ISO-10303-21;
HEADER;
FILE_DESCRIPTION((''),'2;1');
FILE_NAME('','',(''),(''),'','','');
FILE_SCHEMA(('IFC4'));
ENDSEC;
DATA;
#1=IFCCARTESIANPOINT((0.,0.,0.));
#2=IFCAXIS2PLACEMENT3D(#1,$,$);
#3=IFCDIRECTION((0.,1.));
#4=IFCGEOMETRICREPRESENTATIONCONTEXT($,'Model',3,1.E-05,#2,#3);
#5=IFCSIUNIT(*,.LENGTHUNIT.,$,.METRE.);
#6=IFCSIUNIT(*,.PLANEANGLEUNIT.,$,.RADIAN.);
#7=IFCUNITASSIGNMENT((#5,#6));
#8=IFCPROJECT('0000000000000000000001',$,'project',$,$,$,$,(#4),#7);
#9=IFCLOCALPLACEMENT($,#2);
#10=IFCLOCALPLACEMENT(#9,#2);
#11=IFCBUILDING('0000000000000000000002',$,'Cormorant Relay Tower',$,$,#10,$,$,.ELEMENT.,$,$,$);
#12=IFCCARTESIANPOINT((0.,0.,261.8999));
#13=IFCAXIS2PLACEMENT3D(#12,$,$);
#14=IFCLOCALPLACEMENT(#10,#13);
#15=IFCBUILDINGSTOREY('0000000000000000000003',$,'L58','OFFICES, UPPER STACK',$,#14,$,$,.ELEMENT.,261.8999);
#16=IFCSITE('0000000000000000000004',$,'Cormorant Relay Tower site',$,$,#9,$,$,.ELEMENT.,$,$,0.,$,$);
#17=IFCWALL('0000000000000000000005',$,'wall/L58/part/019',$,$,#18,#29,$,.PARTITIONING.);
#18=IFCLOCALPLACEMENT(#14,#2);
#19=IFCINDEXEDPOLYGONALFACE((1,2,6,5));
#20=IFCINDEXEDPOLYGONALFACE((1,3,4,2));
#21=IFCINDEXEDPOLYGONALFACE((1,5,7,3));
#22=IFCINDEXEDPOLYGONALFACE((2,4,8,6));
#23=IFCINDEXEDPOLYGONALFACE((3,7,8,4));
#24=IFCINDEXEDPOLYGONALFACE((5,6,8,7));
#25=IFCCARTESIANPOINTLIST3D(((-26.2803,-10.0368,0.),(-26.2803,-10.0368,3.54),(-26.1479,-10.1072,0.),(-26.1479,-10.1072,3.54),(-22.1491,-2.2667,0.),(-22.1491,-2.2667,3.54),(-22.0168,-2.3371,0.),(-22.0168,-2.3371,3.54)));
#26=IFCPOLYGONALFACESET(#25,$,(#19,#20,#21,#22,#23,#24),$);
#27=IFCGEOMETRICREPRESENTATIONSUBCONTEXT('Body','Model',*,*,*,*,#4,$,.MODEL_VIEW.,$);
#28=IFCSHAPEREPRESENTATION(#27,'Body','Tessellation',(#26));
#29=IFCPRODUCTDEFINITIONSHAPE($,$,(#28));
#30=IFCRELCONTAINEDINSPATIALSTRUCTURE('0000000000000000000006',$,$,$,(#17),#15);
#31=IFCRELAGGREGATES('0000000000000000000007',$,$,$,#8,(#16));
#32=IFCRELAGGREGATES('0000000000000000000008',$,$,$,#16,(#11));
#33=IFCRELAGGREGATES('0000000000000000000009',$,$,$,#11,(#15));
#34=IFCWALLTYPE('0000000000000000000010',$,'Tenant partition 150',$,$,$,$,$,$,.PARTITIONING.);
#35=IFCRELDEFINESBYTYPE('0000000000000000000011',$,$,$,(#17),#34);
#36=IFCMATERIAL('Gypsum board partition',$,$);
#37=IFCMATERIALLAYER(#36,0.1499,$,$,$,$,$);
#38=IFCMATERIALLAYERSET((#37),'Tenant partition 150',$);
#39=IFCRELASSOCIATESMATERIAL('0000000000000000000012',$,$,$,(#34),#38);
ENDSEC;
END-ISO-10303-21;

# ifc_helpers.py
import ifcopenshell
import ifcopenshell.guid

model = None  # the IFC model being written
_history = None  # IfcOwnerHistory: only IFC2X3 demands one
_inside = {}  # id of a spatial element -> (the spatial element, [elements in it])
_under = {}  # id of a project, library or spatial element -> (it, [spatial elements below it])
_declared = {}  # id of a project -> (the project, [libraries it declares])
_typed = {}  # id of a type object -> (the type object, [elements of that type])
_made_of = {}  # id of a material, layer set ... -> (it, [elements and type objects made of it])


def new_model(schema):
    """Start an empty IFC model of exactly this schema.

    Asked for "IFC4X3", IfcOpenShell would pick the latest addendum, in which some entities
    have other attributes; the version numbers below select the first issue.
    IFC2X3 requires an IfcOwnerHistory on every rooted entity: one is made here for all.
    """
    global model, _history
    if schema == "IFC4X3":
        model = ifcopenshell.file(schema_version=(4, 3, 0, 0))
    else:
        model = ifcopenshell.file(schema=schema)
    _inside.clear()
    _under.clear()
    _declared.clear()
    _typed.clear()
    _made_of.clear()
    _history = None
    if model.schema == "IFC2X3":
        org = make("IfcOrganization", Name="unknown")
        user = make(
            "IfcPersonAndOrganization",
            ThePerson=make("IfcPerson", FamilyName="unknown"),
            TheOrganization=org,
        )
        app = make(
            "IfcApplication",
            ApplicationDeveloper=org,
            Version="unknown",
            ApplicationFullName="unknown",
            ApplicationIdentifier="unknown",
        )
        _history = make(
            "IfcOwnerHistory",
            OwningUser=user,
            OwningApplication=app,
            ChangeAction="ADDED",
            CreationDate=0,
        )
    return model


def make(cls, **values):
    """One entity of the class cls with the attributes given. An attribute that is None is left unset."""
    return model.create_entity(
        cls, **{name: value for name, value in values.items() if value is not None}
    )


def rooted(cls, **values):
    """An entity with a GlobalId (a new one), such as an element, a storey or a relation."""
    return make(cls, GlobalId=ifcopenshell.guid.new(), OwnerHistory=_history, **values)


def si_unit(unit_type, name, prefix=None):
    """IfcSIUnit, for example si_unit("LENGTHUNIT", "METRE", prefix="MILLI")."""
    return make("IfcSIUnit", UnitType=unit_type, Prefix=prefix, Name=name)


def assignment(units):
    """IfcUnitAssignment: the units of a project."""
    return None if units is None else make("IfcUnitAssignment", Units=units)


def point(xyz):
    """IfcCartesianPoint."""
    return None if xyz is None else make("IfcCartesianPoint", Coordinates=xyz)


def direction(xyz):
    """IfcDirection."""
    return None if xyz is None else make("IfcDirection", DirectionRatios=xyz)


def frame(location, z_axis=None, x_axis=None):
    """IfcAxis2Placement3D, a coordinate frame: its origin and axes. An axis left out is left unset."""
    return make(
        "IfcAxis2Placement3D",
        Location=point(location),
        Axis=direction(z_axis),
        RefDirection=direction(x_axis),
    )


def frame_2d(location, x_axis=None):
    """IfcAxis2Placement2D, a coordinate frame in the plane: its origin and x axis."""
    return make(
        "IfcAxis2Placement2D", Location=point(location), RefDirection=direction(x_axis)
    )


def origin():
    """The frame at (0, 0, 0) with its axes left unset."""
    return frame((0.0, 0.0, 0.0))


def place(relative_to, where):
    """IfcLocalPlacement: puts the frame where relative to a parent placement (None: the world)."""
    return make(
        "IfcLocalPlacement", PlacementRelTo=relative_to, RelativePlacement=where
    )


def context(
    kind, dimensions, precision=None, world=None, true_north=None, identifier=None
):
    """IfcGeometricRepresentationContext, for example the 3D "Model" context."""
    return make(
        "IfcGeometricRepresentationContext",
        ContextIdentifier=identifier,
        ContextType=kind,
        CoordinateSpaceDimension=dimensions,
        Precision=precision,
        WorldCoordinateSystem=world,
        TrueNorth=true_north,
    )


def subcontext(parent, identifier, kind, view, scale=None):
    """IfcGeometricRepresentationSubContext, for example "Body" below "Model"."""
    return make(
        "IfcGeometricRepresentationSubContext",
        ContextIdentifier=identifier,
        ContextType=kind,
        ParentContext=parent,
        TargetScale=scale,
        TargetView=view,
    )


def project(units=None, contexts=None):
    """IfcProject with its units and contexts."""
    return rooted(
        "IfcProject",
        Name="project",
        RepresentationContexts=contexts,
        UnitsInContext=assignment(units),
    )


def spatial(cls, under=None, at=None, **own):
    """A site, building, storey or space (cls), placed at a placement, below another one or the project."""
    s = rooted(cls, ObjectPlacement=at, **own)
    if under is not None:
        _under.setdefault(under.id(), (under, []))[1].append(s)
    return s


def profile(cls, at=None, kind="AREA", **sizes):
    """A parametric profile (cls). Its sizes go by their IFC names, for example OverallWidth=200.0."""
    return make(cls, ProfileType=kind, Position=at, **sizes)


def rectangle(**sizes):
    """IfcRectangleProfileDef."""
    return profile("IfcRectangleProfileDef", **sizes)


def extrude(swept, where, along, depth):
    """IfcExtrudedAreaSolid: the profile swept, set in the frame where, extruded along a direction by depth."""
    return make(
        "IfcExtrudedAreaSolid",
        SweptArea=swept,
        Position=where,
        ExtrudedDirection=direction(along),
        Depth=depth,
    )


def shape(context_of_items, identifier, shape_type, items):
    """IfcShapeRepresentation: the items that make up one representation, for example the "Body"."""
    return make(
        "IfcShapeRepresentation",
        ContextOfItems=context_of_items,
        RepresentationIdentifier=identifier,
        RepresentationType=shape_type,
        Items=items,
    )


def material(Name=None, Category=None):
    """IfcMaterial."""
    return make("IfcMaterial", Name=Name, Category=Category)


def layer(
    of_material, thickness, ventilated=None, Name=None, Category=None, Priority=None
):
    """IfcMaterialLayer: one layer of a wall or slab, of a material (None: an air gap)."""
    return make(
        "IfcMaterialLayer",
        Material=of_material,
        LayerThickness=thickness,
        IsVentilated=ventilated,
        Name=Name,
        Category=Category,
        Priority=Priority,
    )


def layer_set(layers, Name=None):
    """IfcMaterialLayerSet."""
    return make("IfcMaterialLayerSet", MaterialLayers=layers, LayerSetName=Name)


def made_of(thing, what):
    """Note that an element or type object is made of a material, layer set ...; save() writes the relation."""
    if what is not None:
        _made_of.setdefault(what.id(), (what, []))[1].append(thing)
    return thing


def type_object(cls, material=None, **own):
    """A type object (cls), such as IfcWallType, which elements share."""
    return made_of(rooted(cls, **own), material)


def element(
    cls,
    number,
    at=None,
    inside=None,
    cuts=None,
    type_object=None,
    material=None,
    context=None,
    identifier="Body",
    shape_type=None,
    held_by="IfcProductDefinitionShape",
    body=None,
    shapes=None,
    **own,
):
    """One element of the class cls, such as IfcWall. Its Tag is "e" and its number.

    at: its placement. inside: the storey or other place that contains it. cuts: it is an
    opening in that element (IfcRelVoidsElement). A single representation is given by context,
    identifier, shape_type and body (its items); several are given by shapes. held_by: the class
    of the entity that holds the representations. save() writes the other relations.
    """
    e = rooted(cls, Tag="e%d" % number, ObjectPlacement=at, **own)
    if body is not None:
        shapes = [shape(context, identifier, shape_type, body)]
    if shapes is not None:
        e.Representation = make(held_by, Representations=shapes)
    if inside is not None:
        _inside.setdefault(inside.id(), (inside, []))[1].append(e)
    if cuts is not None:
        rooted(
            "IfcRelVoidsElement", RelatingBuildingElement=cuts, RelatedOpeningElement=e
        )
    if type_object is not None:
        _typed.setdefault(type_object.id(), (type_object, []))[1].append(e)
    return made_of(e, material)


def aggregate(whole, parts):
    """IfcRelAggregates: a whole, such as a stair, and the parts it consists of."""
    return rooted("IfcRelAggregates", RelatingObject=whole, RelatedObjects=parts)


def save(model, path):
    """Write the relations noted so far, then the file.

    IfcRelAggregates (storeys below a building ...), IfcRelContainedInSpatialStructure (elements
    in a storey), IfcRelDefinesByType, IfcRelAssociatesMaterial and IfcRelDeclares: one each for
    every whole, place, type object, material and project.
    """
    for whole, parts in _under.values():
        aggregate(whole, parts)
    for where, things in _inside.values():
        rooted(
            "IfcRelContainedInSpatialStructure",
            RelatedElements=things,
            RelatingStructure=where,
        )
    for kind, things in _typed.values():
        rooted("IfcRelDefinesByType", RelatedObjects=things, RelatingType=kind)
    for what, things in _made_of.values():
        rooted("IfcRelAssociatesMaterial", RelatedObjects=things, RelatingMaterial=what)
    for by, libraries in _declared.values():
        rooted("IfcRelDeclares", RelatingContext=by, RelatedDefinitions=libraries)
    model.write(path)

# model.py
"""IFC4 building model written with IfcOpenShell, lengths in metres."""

from ifc_helpers import new_model, si_unit, direction, frame, frame_2d, origin, place, context, subcontext, project, spatial, rectangle, extrude, material, layer, layer_set, type_object, element, save


model = new_model("IFC4")

# Units and contexts
model_context = context("Model", 3, precision=1e-05, world=origin(), true_north=direction((0.0, 1.0)))
body_context = subcontext(model_context, "Body", "Model", "MODEL_VIEW")
ifc_project = project(units=[si_unit("LENGTHUNIT", "METRE"), si_unit("PLANEANGLEUNIT", "RADIAN")], contexts=[model_context])

# Site, building, storey
site_placement = place(None, origin())
site = spatial("IfcSite", under=ifc_project, at=site_placement, Name="Cormorant Relay Tower site", CompositionType="ELEMENT", RefElevation=0.0)
building_placement = place(site_placement, origin())
building = spatial("IfcBuilding", under=site, at=building_placement, Name="Cormorant Relay Tower", CompositionType="ELEMENT")
storey_placement = place(building_placement, frame((0.0, 0.0, 261.8999)))
storey = spatial("IfcBuildingStorey", under=building, at=storey_placement, Name="L58", Description="OFFICES, UPPER STACK", CompositionType="ELEMENT", Elevation=261.8999)

# Wall
ifc_material_1 = material(Name="Gypsum board partition")
ifc_layer_1 = layer(ifc_material_1, 0.1499)
ifc_layer_set_1 = layer_set([ifc_layer_1], Name="Tenant partition 150")
wall_type_1 = type_object("IfcWallType", Name="Tenant partition 150", PredefinedType="PARTITIONING", material=ifc_layer_set_1)
wall_1_placement = place(storey_placement, frame((-22.083, -2.302, 0.0), z_axis=(0.0, 0.0, 1.0), x_axis=(-0.469446, -0.882961, 0.0)))
element("IfcWall", 1, at=wall_1_placement, inside=storey, type_object=wall_type_1, Name="wall/L58/part/019", PredefinedType="PARTITIONING", context=body_context, shape_type="SweptSolid", body=[
    extrude(rectangle(XDim=8.8, YDim=0.1499, at=frame_2d((4.3999, 0.0))), origin(), (0.0, 0.0, 1.0), 3.54),
])

save(model, "model.ifc")
